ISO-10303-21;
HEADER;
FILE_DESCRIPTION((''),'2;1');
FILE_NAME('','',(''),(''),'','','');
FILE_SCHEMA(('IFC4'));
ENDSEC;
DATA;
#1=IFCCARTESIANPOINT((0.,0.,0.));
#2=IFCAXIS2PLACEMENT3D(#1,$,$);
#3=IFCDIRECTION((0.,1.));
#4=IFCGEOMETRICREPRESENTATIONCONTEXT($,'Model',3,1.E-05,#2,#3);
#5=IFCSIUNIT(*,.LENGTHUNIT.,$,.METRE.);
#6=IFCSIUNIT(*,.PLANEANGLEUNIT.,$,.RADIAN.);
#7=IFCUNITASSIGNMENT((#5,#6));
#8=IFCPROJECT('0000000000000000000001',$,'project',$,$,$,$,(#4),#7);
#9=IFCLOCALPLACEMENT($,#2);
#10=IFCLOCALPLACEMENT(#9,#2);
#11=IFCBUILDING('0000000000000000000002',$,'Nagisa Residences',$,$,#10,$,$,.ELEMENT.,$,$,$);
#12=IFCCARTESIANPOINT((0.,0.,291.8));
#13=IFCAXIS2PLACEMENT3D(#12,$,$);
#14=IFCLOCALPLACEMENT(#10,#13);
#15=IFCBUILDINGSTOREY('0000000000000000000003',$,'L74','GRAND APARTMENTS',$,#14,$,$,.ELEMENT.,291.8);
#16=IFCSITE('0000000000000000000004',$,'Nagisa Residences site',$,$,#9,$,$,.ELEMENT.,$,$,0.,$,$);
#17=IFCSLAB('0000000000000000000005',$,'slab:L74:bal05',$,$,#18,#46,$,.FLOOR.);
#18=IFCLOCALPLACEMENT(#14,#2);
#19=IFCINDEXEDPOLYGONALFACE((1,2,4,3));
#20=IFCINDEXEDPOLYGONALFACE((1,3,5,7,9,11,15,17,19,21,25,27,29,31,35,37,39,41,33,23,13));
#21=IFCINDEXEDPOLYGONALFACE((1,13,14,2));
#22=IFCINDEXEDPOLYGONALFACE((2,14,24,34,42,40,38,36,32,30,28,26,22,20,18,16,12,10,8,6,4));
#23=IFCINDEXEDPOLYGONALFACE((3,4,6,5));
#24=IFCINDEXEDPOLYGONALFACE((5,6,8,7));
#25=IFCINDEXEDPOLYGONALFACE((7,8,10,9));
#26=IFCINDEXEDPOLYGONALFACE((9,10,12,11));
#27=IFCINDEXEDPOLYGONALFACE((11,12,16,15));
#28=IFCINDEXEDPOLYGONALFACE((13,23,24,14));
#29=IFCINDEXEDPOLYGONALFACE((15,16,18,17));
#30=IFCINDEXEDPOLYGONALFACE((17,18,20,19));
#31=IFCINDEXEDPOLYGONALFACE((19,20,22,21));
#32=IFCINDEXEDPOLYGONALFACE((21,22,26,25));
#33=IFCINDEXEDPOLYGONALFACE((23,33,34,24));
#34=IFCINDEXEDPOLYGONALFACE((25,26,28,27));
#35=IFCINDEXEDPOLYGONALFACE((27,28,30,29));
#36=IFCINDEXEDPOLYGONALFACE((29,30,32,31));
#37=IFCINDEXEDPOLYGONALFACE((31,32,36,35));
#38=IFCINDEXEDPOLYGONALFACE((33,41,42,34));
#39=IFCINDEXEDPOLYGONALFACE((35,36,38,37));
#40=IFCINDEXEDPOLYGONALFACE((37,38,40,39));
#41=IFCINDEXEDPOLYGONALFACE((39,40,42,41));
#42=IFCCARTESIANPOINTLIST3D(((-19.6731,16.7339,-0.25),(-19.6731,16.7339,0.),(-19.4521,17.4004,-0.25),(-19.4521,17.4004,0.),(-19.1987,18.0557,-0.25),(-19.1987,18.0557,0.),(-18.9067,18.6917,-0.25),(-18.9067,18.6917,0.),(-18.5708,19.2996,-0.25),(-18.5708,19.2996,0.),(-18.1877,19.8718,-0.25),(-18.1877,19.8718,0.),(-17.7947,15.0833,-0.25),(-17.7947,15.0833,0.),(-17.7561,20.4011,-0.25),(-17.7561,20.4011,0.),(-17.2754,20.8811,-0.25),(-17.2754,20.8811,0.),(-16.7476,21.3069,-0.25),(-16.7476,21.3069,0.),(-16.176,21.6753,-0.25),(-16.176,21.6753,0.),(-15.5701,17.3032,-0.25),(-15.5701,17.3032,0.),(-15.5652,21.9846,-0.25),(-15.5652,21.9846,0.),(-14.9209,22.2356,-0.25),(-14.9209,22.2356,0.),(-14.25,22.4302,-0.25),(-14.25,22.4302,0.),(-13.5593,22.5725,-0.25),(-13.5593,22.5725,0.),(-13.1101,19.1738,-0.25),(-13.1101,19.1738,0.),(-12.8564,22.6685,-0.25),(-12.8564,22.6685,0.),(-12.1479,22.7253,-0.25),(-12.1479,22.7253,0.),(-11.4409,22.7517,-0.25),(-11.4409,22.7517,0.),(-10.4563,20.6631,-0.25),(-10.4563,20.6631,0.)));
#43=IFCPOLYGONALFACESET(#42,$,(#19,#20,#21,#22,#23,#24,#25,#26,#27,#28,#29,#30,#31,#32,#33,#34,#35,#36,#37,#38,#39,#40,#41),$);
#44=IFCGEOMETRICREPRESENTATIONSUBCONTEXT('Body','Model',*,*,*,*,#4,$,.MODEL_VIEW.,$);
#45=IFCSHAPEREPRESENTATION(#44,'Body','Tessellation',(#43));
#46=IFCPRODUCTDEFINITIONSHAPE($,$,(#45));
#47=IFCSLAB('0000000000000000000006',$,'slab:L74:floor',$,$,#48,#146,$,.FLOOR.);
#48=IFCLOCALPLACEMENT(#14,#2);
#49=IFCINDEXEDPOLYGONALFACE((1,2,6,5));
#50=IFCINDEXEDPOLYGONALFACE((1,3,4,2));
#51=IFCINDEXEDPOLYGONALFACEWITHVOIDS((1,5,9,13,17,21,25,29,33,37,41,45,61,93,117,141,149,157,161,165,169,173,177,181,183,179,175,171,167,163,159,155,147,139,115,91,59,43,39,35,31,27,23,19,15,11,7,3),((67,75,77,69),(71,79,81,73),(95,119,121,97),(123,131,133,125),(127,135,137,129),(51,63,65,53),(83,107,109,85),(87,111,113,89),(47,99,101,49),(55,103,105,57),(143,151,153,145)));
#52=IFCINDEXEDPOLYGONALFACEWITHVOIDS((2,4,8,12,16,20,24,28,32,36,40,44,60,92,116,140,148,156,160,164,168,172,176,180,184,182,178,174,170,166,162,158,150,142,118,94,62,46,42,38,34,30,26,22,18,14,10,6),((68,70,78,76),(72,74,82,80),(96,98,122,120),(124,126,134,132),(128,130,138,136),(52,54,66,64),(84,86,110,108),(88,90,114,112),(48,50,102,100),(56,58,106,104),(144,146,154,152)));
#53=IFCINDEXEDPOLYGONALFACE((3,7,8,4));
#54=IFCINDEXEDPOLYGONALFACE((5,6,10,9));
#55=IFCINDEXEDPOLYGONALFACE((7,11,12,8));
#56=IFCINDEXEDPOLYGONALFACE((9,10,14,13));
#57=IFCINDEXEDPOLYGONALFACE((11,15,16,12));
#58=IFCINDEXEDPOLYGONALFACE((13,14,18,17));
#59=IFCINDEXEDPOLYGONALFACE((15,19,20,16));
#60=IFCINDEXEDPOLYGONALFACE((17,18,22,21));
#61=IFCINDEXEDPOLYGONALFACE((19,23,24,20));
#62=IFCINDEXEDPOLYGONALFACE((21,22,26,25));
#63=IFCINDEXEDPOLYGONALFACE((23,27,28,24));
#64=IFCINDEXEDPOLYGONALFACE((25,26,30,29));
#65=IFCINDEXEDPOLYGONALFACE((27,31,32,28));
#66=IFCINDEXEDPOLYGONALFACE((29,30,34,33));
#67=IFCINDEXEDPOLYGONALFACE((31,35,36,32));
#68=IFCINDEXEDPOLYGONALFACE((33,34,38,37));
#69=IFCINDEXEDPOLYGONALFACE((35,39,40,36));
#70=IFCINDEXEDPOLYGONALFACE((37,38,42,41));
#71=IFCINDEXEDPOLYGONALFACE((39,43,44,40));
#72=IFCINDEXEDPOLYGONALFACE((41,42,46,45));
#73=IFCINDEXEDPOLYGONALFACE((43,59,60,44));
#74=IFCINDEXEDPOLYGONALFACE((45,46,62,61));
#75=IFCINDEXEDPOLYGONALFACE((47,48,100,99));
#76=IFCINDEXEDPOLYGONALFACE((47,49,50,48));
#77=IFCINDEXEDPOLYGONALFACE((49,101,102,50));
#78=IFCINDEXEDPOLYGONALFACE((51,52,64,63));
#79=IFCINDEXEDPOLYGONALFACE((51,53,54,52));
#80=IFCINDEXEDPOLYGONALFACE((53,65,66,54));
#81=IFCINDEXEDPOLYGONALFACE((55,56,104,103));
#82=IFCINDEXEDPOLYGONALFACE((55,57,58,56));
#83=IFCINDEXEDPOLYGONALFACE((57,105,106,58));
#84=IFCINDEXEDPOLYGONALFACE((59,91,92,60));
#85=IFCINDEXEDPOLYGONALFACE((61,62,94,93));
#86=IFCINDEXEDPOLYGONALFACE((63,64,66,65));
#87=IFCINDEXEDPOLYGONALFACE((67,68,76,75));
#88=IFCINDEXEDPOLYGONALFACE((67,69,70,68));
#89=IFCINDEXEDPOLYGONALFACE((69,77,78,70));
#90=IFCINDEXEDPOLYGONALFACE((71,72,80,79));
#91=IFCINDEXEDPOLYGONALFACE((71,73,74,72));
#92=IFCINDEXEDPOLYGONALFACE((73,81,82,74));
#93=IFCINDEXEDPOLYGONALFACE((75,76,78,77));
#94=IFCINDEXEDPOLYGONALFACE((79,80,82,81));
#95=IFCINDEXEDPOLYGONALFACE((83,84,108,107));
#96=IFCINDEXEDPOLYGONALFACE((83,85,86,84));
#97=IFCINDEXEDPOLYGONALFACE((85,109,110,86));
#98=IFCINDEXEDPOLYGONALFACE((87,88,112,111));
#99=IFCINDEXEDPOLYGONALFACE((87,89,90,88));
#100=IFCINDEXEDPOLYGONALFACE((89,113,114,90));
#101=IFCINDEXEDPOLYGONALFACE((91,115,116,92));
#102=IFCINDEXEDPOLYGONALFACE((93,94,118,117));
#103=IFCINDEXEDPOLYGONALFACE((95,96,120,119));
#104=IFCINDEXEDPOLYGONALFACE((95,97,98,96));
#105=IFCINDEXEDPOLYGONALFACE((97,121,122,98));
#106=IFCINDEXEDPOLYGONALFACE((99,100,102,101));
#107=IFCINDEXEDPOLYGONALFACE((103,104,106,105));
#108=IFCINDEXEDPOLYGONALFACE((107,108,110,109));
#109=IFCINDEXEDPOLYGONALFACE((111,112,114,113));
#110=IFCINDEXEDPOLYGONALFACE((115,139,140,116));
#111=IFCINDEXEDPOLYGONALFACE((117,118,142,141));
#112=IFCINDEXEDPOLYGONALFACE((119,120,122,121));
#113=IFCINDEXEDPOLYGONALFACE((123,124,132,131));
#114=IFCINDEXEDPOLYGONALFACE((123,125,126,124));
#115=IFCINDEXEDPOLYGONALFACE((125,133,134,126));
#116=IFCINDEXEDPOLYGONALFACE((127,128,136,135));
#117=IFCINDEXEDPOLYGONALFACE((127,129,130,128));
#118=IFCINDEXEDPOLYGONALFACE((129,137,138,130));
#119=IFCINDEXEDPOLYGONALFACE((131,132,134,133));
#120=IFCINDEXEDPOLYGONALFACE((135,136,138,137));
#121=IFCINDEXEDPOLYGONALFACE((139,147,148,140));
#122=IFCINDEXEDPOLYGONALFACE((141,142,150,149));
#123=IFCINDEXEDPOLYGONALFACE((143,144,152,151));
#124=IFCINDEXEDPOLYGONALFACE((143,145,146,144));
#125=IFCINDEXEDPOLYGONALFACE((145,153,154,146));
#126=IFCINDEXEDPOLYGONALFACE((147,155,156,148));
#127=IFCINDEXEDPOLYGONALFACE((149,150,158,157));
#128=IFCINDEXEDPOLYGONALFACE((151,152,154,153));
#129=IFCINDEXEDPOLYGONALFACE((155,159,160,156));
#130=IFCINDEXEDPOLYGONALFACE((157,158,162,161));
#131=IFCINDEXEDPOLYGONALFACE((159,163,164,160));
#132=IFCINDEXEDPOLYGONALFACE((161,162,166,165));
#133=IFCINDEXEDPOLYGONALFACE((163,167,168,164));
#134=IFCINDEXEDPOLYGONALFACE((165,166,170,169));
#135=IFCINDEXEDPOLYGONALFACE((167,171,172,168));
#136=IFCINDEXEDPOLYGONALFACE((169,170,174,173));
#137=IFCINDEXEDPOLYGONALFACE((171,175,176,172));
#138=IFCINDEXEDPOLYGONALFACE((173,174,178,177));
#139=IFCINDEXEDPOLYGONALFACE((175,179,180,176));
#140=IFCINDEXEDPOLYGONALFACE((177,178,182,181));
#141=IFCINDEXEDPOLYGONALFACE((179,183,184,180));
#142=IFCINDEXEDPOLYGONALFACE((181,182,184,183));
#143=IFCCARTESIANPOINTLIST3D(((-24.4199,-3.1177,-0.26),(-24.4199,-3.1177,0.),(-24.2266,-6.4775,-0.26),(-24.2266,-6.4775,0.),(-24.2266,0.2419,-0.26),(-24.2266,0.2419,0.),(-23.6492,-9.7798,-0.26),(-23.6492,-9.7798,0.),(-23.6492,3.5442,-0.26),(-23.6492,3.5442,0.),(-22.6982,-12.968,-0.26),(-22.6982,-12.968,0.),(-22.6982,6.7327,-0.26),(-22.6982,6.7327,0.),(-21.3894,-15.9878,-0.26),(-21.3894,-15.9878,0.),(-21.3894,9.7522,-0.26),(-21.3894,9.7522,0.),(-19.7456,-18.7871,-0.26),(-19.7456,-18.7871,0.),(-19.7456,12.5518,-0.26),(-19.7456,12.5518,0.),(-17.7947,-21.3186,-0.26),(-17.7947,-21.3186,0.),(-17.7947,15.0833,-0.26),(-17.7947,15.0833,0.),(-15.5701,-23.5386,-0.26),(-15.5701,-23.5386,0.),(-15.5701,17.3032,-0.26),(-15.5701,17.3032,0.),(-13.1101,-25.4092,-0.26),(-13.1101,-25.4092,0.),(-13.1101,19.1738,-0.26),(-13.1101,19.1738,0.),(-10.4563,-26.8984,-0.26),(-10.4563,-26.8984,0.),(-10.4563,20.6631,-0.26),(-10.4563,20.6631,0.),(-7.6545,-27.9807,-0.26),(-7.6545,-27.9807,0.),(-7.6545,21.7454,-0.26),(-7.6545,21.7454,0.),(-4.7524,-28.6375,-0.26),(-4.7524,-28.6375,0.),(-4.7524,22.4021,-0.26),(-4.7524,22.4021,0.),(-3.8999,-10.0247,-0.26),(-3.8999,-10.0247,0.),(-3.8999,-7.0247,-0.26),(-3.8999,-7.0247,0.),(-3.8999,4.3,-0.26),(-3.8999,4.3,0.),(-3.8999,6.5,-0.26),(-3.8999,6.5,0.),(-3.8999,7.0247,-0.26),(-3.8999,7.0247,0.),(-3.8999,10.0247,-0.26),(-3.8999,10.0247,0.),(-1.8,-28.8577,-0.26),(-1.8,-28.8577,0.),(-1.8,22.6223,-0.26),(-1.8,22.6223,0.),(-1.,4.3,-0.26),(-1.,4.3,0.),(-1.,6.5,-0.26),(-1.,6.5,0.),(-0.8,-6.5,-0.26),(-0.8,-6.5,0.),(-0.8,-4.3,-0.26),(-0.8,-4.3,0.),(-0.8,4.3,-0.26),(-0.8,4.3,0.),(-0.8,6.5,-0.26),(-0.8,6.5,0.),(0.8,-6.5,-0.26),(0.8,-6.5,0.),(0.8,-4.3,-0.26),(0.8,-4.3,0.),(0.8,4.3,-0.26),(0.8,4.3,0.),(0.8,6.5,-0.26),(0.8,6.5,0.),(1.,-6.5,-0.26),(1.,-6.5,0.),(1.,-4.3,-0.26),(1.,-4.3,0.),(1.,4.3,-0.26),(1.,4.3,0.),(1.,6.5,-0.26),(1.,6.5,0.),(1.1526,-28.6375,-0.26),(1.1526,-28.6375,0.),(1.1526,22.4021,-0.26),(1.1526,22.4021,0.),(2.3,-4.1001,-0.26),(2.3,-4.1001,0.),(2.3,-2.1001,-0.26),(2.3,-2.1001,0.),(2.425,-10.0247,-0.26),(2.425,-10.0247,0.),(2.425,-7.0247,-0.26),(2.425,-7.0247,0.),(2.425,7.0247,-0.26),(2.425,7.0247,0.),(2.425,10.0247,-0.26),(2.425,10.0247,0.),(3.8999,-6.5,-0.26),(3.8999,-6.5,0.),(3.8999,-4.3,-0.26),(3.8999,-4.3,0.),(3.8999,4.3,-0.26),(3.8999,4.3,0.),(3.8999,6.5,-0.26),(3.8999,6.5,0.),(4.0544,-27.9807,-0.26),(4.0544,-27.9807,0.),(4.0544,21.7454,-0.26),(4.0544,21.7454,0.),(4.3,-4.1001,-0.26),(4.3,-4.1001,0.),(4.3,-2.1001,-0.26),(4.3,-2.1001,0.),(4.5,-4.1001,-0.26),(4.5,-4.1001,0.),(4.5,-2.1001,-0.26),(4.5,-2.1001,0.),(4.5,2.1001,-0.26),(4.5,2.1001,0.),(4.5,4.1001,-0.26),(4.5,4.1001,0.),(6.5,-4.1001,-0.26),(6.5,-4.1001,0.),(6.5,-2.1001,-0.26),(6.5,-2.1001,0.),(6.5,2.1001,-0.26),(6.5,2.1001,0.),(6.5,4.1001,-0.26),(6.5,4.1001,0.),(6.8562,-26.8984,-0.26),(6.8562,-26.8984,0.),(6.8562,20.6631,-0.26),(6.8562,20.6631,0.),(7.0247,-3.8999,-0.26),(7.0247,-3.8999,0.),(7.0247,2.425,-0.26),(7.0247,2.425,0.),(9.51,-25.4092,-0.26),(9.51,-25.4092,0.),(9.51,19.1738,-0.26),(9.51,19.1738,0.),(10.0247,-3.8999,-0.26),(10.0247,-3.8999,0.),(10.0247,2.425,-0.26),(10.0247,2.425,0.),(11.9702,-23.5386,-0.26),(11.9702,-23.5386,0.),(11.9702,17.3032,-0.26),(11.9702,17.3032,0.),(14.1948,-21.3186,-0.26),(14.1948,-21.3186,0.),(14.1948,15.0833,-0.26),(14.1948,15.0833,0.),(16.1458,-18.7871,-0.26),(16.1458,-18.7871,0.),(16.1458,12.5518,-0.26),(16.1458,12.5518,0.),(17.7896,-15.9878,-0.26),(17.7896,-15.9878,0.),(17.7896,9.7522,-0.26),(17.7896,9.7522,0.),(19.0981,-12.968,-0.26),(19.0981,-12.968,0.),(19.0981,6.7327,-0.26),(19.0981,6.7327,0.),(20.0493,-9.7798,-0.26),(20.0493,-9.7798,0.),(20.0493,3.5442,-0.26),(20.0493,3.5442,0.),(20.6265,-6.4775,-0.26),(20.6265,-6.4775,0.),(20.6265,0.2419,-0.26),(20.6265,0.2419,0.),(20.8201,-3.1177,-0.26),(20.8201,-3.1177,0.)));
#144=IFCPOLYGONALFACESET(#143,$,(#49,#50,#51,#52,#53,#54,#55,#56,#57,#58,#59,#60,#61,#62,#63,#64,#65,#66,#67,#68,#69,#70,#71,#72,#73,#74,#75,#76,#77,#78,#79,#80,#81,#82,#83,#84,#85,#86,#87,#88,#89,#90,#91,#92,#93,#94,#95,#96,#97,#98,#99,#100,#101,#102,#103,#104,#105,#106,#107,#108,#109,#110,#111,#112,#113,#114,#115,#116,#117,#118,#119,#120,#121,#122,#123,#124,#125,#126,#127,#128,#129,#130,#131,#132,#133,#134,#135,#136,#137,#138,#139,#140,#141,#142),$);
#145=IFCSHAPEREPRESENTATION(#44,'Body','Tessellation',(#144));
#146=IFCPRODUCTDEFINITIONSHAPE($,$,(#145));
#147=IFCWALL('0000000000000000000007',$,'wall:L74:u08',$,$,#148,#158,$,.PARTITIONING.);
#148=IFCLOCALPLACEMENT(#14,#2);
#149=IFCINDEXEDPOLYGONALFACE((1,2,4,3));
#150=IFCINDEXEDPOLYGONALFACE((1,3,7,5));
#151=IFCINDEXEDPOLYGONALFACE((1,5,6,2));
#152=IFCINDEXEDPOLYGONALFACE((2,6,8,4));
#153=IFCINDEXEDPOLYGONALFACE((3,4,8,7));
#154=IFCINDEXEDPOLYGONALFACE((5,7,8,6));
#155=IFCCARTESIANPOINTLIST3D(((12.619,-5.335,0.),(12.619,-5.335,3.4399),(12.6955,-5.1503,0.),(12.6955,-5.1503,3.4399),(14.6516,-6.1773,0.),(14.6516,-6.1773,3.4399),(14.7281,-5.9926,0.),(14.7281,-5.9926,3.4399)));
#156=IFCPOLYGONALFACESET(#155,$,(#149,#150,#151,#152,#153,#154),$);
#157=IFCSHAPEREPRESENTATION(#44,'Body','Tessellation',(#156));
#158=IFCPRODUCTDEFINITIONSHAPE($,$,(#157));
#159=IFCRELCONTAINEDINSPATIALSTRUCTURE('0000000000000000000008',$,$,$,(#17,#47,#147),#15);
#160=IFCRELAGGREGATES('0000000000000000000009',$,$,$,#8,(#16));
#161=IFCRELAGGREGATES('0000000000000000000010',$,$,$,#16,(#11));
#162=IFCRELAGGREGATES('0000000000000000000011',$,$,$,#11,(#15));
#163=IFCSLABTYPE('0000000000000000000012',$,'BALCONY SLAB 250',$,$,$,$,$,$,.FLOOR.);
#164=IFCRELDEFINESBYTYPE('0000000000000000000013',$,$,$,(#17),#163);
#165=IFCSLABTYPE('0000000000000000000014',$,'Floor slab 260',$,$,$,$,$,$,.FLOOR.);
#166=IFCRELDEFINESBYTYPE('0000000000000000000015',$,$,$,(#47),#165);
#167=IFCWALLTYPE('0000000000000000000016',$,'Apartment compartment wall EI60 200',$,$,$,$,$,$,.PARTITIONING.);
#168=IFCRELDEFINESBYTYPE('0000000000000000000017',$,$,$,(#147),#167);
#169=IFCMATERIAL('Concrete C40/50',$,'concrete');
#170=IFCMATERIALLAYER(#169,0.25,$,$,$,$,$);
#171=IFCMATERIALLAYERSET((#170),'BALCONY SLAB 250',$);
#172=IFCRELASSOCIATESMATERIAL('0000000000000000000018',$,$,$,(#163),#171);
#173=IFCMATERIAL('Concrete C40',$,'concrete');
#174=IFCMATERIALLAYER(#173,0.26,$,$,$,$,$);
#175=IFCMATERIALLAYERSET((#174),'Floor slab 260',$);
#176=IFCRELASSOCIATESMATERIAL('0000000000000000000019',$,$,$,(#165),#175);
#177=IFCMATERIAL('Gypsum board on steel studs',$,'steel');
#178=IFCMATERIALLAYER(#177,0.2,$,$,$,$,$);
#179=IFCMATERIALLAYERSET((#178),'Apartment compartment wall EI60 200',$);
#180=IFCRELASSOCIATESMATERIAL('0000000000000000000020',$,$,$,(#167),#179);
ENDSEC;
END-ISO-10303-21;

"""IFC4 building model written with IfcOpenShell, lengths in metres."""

from ifc_helpers import new_model, si_unit, direction, frame, frame_2d, origin, place, context, subcontext, project, spatial, polyline, rectangle, outline, extrude, material, layer, layer_set, type_object, element, save


model = new_model("IFC4")

# Units and contexts
model_context = context("Model", 3, precision=1e-05, world=origin(), true_north=direction((0.0, 1.0)))
body_context = subcontext(model_context, "Body", "Model", "MODEL_VIEW")
ifc_project = project(units=[si_unit("LENGTHUNIT", "METRE"), si_unit("PLANEANGLEUNIT", "RADIAN")], contexts=[model_context])

# Site, building, storey
site_placement = place(None, origin())
site = spatial("IfcSite", under=ifc_project, at=site_placement, Name="Nagisa Residences site", CompositionType="ELEMENT", RefElevation=0.0)
building_placement = place(site_placement, origin())
building = spatial("IfcBuilding", under=site, at=building_placement, Name="Nagisa Residences", CompositionType="ELEMENT")
storey_placement = place(building_placement, frame((0.0, 0.0, 291.8)))
storey = spatial("IfcBuildingStorey", under=building, at=storey_placement, Name="L74", Description="GRAND APARTMENTS", CompositionType="ELEMENT", Elevation=291.8)

# Slabs
ifc_material_1 = material(Name="Concrete C40/50", Category="concrete")
ifc_layer_1 = layer(ifc_material_1, 0.25)
ifc_layer_set_1 = layer_set([ifc_layer_1], Name="BALCONY SLAB 250")
slab_type_1 = type_object("IfcSlabType", Name="BALCONY SLAB 250", PredefinedType="FLOOR", material=ifc_layer_set_1)
slab_1_placement = place(storey_placement, frame((0.0, 0.0, -0.25)))
element("IfcSlab", 1, at=slab_1_placement, inside=storey, type_object=slab_type_1, Name="slab:L74:bal05", PredefinedType="FLOOR", context=body_context, shape_type="SweptSolid", body=[
    extrude(outline(polyline([(-11.4409, 22.7517), (-12.1479, 22.7253), (-12.8564, 22.6685), (-13.5593, 22.5725), (-14.25, 22.4302), (-14.9209, 22.2356), (-15.5652, 21.9846), (-16.176, 21.6753), (-16.7476, 21.3069), (-17.2754, 20.8811), (-17.7561, 20.4011), (-18.1877, 19.8718), (-18.5708, 19.2996), (-18.9067, 18.6917), (-19.1987, 18.0557), (-19.4521, 17.4004), (-19.6731, 16.7339), (-17.7947, 15.0833), (-15.5701, 17.3032), (-13.1101, 19.1738), (-10.4563, 20.6631), (-11.4409, 22.7517)])), origin(), (0.0, 0.0, 1.0), 0.25),
])
ifc_material_2 = material(Name="Concrete C40", Category="concrete")
ifc_layer_2 = layer(ifc_material_2, 0.26)
ifc_layer_set_2 = layer_set([ifc_layer_2], Name="Floor slab 260")
slab_type_2 = type_object("IfcSlabType", Name="Floor slab 260", PredefinedType="FLOOR", material=ifc_layer_set_2)
slab_2_placement = place(storey_placement, frame((0.0, 0.0, -0.26)))
element("IfcSlab", 2, at=slab_2_placement, inside=storey, type_object=slab_type_2, Name="slab:L74:floor", PredefinedType="FLOOR", context=body_context, shape_type="SweptSolid", body=[
    extrude(outline(polyline([(20.8201, -3.1177), (20.6265, 0.2419), (20.0493, 3.5442), (19.0981, 6.7327), (17.7896, 9.7522), (16.1458, 12.5518), (14.1948, 15.0833), (11.9702, 17.3032), (9.51, 19.1738), (6.8562, 20.6631), (4.0544, 21.7454), (1.1526, 22.4021), (-1.8, 22.6223), (-4.7524, 22.4021), (-7.6545, 21.7454), (-10.4563, 20.6631), (-13.1101, 19.1738), (-15.5701, 17.3032), (-17.7947, 15.0833), (-19.7456, 12.5518), (-21.3894, 9.7522), (-22.6982, 6.7327), (-23.6492, 3.5442), (-24.2266, 0.2419), (-24.4199, -3.1177), (-24.2266, -6.4775), (-23.6492, -9.7798), (-22.6982, -12.968), (-21.3894, -15.9878), (-19.7456, -18.7871), (-17.7947, -21.3186), (-15.5701, -23.5386), (-13.1101, -25.4092), (-10.4563, -26.8984), (-7.6545, -27.9807), (-4.7524, -28.6375), (-1.8, -28.8577), (1.1526, -28.6375), (4.0544, -27.9807), (6.8562, -26.8984), (9.51, -25.4092), (11.9702, -23.5386), (14.1948, -21.3186), (16.1458, -18.7871), (17.7896, -15.9878), (19.0981, -12.968), (20.0493, -9.7798), (20.6265, -6.4775), (20.8201, -3.1177)]), holes=[polyline([(6.5, 2.1001), (6.5, 4.1001), (4.5, 4.1001), (4.5, 2.1001), (6.5, 2.1001)]), polyline([(4.3, -4.1001), (4.3, -2.1001), (2.3, -2.1001), (2.3, -4.1001), (4.3, -4.1001)]), polyline([(6.5, -4.1001), (6.5, -2.1001), (4.5, -2.1001), (4.5, -4.1001), (6.5, -4.1001)]), polyline([(3.8999, 4.3), (3.8999, 6.5), (1.0, 6.5), (1.0, 4.3), (3.8999, 4.3)]), polyline([(3.8999, -6.5), (3.8999, -4.3), (1.0, -4.3), (1.0, -6.5), (3.8999, -6.5)]), polyline([(-1.0, 4.3), (-1.0, 6.5), (-3.8999, 6.5), (-3.8999, 4.3), (-1.0, 4.3)]), polyline([(0.8, 4.3), (0.8, 6.5), (-0.8, 6.5), (-0.8, 4.3), (0.8, 4.3)]), polyline([(0.8, -6.5), (0.8, -4.3), (-0.8, -4.3), (-0.8, -6.5), (0.8, -6.5)]), polyline([(10.0247, -3.8999), (7.0247, -3.8999), (7.0247, 2.425), (10.0247, 2.425), (10.0247, -3.8999)]), polyline([(-3.8999, 7.0247), (-3.8999, 10.0247), (2.425, 10.0247), (2.425, 7.0247), (-3.8999, 7.0247)]), polyline([(-3.8999, -10.0247), (-3.8999, -7.0247), (2.425, -7.0247), (2.425, -10.0247), (-3.8999, -10.0247)])]), origin(), (0.0, 0.0, 1.0), 0.26),
])

# Wall
ifc_material_3 = material(Name="Gypsum board on steel studs", Category="steel")
ifc_layer_3 = layer(ifc_material_3, 0.2)
ifc_layer_set_3 = layer_set([ifc_layer_3], Name="Apartment compartment wall EI60 200")
wall_type_1 = type_object("IfcWallType", Name="Apartment compartment wall EI60 200", PredefinedType="PARTITIONING", material=ifc_layer_set_3)
wall_1_placement = place(storey_placement, frame((12.6572, -5.2427, 0.0), z_axis=(0.0, 0.0, 1.0), x_axis=(0.92383, -0.382803, 0.0)))
element("IfcWall", 3, at=wall_1_placement, inside=storey, type_object=wall_type_1, Name="wall:L74:u08", PredefinedType="PARTITIONING", context=body_context, shape_type="SweptSolid", body=[
    extrude(rectangle(XDim=2.2002, YDim=0.2, at=frame_2d((1.1001, 0.0))), origin(), (0.0, 0.0, 1.0), 3.4399),
])

save(model, "model.ifc")
